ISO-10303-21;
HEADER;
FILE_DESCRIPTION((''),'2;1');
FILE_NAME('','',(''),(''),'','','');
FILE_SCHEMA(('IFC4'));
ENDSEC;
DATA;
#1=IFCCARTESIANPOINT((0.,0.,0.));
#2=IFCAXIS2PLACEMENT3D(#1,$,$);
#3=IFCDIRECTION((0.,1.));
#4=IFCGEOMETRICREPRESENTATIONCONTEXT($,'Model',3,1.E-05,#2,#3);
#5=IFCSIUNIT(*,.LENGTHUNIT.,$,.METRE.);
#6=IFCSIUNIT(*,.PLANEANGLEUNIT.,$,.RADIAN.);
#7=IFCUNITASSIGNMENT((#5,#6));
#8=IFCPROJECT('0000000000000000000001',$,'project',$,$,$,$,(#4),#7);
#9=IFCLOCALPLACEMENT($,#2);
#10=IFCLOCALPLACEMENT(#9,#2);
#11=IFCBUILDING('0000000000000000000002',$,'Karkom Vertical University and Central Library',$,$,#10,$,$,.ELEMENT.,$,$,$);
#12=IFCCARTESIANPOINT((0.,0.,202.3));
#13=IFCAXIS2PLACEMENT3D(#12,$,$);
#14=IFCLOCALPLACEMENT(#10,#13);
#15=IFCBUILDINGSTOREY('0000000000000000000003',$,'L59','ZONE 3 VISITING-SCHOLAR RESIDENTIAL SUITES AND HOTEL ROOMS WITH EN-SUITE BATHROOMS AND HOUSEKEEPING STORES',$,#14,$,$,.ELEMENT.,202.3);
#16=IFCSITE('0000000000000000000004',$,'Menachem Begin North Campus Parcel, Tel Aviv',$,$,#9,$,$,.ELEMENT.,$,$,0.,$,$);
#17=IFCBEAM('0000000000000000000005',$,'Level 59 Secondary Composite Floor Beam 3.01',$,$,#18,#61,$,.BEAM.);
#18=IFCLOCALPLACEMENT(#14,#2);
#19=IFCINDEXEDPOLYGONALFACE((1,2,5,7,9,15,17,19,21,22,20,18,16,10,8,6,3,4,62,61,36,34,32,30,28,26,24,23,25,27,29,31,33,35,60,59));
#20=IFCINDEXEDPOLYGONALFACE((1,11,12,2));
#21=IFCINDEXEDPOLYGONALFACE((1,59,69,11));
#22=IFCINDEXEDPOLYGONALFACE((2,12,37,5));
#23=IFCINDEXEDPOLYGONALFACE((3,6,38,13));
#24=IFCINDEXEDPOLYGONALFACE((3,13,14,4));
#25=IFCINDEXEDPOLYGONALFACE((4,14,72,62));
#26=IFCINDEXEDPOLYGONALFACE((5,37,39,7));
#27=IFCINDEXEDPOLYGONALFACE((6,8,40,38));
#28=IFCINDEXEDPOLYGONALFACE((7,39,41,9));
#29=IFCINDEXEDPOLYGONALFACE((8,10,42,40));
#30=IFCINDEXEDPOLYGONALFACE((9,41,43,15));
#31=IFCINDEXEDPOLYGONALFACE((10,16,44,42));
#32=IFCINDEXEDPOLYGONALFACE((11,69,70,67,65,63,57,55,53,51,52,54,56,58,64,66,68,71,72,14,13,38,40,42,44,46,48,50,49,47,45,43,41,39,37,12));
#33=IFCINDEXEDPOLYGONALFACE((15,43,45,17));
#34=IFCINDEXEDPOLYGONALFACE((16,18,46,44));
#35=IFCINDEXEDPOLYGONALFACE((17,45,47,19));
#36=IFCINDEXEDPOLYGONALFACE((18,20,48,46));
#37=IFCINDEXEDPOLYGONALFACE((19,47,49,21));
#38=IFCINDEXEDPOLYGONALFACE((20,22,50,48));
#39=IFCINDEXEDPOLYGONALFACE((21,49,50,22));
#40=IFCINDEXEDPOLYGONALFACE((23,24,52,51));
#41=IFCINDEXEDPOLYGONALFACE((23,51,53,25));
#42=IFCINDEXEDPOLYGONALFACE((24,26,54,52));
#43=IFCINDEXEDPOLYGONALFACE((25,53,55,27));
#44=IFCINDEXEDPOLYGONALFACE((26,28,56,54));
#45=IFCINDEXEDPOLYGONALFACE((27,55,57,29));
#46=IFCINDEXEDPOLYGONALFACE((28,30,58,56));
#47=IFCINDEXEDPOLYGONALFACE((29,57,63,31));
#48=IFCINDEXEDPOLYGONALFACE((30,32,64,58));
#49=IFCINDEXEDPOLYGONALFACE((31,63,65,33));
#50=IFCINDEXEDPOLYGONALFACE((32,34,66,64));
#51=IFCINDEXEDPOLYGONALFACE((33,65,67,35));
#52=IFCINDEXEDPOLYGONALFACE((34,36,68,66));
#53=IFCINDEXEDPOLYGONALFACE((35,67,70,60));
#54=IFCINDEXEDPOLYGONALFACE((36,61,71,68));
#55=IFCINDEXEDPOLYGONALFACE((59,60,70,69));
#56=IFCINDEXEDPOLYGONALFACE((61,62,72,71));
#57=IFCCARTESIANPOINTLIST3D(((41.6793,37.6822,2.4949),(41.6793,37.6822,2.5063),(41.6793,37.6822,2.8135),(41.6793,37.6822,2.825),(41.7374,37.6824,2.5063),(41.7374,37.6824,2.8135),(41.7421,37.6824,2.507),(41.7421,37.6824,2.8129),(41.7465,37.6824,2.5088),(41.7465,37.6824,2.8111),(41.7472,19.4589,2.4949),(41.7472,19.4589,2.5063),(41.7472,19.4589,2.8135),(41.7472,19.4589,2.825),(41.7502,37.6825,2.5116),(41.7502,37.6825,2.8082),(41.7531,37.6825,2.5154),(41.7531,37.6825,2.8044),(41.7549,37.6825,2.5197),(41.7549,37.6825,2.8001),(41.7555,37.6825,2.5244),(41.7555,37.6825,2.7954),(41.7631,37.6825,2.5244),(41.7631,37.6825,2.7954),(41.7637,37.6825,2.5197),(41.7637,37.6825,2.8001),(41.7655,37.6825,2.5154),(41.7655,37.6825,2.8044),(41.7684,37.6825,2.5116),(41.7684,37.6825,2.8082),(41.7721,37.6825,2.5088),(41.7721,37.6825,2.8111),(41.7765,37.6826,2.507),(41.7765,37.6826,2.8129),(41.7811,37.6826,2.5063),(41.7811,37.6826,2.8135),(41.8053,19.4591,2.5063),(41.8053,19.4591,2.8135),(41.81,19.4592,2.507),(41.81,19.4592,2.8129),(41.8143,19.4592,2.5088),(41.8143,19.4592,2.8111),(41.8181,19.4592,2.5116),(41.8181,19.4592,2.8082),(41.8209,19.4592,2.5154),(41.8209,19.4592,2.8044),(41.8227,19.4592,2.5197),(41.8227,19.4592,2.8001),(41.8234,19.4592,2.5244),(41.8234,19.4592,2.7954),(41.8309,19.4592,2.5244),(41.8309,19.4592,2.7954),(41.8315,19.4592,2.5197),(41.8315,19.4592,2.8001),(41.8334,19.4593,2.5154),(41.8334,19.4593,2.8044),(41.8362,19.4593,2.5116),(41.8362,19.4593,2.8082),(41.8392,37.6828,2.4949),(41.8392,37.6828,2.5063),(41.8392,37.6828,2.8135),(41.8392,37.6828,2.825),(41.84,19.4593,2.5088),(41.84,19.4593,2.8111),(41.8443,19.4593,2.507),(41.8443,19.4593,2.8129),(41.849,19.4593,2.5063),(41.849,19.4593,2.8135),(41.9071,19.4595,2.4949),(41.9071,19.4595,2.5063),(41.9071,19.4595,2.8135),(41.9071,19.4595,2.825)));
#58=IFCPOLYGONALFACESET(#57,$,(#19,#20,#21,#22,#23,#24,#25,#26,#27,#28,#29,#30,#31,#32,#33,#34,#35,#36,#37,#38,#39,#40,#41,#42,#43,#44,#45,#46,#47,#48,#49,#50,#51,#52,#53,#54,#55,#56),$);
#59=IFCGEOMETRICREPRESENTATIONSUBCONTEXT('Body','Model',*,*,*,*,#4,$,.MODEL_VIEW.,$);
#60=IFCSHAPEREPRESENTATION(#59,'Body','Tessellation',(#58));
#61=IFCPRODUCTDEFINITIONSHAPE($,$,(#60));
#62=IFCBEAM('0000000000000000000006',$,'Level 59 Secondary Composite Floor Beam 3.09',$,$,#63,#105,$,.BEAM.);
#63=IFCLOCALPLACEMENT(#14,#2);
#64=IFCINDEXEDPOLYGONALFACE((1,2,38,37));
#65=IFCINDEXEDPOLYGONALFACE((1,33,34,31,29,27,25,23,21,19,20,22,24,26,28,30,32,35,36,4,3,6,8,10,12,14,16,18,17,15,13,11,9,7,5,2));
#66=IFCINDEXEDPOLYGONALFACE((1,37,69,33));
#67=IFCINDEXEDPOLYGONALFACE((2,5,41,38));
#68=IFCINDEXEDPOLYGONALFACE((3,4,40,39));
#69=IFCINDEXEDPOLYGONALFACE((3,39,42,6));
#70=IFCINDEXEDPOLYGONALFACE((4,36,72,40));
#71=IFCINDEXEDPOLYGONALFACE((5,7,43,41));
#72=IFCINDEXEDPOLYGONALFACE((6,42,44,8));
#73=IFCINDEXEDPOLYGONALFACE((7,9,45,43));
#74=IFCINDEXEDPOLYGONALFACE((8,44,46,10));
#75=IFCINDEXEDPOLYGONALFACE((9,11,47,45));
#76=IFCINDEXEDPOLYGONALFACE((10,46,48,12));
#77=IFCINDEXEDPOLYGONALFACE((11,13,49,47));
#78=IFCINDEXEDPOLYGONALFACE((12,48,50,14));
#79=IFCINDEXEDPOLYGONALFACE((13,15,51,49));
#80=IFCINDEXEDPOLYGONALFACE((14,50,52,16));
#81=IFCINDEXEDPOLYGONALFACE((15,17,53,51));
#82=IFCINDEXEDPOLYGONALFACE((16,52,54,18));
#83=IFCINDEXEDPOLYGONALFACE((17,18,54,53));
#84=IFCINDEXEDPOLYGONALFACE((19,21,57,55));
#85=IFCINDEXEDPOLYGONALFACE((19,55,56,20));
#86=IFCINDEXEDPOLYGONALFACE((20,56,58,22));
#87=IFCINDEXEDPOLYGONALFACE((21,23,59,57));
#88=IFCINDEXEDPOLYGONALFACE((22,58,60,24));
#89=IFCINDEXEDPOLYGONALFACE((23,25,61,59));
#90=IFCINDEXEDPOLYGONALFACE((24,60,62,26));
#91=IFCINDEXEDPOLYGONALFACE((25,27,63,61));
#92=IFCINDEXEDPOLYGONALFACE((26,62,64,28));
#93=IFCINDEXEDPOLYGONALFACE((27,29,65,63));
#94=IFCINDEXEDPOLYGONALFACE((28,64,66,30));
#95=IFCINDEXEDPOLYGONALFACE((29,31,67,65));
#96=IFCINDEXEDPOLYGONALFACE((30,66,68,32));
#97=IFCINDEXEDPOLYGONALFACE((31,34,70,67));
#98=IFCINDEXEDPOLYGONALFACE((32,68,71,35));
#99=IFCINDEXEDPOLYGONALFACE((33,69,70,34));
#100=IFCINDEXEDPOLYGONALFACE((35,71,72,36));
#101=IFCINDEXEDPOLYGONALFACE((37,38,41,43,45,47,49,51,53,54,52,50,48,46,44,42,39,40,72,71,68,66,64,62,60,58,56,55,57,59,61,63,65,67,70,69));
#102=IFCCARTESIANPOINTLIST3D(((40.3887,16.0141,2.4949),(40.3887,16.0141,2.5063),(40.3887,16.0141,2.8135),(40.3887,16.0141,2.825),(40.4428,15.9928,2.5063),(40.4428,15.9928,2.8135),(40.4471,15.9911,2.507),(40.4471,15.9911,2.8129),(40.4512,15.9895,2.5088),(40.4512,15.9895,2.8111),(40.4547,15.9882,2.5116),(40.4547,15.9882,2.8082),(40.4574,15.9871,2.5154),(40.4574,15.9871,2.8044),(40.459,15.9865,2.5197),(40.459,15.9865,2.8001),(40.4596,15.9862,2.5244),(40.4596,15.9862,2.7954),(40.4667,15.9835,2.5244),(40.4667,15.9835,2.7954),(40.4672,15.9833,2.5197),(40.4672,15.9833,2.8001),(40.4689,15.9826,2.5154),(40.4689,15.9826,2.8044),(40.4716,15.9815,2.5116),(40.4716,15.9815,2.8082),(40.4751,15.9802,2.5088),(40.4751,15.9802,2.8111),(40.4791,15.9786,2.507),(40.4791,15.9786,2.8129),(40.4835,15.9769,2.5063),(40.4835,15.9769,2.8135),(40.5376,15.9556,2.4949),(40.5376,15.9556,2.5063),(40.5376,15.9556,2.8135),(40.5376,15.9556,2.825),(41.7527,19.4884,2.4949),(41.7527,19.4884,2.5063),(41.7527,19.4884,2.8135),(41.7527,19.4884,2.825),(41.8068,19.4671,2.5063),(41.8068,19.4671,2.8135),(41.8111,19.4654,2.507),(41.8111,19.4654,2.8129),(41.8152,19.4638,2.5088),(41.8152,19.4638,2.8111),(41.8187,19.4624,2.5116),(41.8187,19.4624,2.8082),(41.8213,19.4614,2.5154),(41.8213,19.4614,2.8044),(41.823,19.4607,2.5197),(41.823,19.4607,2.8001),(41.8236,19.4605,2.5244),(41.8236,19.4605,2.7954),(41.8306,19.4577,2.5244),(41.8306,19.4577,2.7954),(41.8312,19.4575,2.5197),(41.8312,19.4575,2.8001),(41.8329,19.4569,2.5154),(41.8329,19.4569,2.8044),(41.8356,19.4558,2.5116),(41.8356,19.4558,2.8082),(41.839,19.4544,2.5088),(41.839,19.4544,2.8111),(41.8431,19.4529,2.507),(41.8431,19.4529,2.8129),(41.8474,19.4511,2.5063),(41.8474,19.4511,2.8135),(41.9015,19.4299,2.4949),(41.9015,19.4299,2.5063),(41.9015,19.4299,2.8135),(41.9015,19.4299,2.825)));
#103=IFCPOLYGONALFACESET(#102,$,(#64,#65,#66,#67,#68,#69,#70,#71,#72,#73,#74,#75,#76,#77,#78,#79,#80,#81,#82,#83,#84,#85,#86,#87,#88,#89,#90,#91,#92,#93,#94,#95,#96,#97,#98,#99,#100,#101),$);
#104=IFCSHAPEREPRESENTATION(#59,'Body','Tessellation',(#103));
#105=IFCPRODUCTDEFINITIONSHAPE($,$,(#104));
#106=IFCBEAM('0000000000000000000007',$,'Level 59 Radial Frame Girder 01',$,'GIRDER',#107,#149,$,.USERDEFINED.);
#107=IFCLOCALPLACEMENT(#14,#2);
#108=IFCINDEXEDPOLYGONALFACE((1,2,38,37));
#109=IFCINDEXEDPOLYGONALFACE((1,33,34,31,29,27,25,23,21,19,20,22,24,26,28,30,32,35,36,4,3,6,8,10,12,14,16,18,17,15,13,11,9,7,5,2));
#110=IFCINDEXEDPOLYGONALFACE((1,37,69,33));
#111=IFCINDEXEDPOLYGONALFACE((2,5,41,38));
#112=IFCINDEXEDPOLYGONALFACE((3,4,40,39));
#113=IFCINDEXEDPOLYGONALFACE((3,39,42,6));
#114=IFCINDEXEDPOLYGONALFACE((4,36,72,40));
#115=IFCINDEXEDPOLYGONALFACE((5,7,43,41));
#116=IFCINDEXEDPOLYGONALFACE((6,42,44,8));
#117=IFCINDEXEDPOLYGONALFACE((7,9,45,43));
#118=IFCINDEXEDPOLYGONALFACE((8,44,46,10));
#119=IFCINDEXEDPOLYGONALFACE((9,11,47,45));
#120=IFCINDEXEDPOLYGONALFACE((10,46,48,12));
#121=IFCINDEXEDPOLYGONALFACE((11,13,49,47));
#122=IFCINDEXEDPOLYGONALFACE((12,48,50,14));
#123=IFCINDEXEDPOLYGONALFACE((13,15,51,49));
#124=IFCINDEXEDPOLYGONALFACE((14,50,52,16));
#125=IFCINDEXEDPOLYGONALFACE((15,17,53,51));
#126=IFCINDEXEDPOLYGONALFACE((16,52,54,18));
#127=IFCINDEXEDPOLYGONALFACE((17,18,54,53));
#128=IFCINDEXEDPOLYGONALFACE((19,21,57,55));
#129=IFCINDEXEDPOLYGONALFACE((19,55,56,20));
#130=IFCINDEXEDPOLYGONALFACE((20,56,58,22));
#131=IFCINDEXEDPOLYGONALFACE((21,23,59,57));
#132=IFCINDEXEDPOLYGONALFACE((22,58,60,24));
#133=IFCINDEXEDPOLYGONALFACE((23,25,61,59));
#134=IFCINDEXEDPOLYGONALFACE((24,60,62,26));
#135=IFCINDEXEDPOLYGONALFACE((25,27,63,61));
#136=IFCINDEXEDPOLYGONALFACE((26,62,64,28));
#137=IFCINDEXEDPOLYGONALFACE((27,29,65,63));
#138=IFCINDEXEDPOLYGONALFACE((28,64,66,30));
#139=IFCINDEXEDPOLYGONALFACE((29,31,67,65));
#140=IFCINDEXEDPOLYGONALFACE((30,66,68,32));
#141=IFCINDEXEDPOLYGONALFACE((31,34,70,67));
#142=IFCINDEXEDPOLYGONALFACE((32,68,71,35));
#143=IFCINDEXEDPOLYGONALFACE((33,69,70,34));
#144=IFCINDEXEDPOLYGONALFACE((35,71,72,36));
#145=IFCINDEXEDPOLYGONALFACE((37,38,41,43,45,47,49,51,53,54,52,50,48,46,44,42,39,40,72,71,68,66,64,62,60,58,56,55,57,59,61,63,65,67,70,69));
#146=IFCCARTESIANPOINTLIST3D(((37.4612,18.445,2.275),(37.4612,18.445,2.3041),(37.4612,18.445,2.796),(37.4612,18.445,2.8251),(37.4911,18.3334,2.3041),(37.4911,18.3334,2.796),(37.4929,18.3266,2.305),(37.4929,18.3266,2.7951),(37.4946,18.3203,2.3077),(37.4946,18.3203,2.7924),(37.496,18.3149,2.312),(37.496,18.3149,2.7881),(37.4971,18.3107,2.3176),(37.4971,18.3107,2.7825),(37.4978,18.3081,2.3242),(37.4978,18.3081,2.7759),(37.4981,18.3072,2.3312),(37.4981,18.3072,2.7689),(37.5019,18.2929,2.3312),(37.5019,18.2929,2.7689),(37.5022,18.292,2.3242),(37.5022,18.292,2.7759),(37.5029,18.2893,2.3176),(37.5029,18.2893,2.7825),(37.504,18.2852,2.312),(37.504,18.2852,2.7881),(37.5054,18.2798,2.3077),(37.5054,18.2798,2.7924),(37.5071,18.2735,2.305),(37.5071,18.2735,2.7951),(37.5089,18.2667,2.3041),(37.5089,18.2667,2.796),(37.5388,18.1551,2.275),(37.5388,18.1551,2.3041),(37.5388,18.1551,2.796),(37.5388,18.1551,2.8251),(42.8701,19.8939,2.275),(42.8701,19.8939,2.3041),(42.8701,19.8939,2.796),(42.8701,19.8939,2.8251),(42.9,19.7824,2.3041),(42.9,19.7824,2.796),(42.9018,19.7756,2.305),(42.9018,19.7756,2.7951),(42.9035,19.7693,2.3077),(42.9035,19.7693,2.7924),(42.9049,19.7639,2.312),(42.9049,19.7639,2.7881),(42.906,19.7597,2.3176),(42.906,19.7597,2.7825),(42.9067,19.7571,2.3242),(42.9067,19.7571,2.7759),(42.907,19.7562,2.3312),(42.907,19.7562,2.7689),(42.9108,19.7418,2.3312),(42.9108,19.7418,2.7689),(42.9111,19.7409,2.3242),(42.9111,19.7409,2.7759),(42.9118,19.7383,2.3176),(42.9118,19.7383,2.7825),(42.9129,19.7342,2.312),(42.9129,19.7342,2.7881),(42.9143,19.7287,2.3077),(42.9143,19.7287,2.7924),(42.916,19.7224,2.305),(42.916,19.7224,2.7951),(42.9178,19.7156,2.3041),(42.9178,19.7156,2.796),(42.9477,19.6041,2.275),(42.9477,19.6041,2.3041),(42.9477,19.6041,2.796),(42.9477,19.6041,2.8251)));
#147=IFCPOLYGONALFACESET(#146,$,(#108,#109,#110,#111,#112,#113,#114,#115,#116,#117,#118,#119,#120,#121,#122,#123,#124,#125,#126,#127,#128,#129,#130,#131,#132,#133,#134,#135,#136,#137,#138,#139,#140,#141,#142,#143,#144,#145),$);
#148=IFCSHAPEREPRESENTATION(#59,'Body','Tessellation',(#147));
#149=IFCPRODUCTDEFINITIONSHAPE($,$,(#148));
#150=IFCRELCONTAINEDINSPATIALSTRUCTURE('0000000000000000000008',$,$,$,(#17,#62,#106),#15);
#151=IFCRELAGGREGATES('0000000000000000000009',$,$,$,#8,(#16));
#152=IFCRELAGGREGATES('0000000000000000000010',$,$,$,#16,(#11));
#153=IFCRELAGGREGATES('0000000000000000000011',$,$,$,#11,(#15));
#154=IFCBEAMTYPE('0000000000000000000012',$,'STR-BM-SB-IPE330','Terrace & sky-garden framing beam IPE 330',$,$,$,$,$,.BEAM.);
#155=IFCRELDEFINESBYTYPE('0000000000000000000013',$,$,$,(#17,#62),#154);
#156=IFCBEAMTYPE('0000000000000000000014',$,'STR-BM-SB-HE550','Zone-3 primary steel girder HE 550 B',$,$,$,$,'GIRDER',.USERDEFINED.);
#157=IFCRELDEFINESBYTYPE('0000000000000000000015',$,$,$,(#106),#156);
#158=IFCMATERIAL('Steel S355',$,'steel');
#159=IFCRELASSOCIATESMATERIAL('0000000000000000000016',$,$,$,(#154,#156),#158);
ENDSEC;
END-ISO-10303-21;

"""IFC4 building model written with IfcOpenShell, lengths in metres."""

from ifc_helpers import new_model, si_unit, direction, frame, origin, origin_with_axes, origin_2d, place, context, subcontext, project, spatial, i_section, extrude, source, transform, mapped, material, material_profile, profile_set, type_object, element, save


model = new_model("IFC4")

# Units and contexts
model_context = context("Model", 3, precision=1e-05, world=origin(), true_north=direction((0.0, 1.0)))
body_context = subcontext(model_context, "Body", "Model", "MODEL_VIEW")
ifc_project = project(units=[si_unit("LENGTHUNIT", "METRE"), si_unit("PLANEANGLEUNIT", "RADIAN")], contexts=[model_context])

# Site, building, storey
site_placement = place(None, origin())
site = spatial("IfcSite", under=ifc_project, at=site_placement, Name="Menachem Begin North Campus Parcel, Tel Aviv", CompositionType="ELEMENT", RefElevation=0.0)
building_placement = place(site_placement, origin())
building = spatial("IfcBuilding", under=site, at=building_placement, Name="Karkom Vertical University and Central Library", CompositionType="ELEMENT")
storey_placement = place(building_placement, frame((0.0, 0.0, 202.3)))
storey = spatial("IfcBuildingStorey", under=building, at=storey_placement, Name="L59", Description="ZONE 3 VISITING-SCHOLAR RESIDENTIAL SUITES AND HOTEL ROOMS WITH EN-SUITE BATHROOMS AND HOUSEKEEPING STORES", CompositionType="ELEMENT", Elevation=202.3)

# Beams
ifc_material_1 = material(Name="Steel S355", Category="steel")
ifc_material_profile_1 = material_profile(ifc_material_1, i_section(OverallWidth=0.1599, OverallDepth=0.3301, WebThickness=0.0076, FlangeThickness=0.0115, FilletRadius=0.0181, at=origin_2d()), Name="IPE 330")
ifc_profile_set_1 = profile_set([ifc_material_profile_1], Name="Steel S355")
beam_type_1 = type_object("IfcBeamType", Name="STR-BM-SB-IPE330", Description="Terrace & sky-garden framing beam IPE 330", PredefinedType="BEAM", material=ifc_profile_set_1)
shared_shape_1 = source(origin_with_axes(), body_context, "Body", "SweptSolid", [
    extrude(i_section(OverallWidth=0.1599, OverallDepth=0.3301, WebThickness=0.0076, FlangeThickness=0.0115, FilletRadius=0.0181, at=origin_2d()), origin(), (0.0, 0.0, 1.0), 18.2234),
])
beam_1_placement = place(storey_placement, frame((41.8271, 19.4592, 2.6599), z_axis=(-0.003724, 0.999993, 0.0), x_axis=(-0.999993, -0.003724, 0.0)))
element("IfcBeam", 1, at=beam_1_placement, inside=storey, type_object=beam_type_1, Name="Level 59 Secondary Composite Floor Beam 3.01", PredefinedType="BEAM", context=body_context, shape_type="MappedRepresentation", body=[
    mapped(shared_shape_1, transform((0.0, 0.0, 0.0), scale=1.0)),
])
shared_shape_2 = source(origin_with_axes(), body_context, "Body", "SweptSolid", [
    extrude(i_section(OverallWidth=0.1599, OverallDepth=0.3301, WebThickness=0.0076, FlangeThickness=0.0115, FilletRadius=0.0181, at=origin_2d()), origin(), (0.0, 0.0, 1.0), 3.7324),
])
beam_2_placement = place(storey_placement, frame((40.4631, 15.9849, 2.6599), z_axis=(0.36544, 0.930835, 0.0), x_axis=(-0.930835, 0.36544, 0.0)))
element("IfcBeam", 2, at=beam_2_placement, inside=storey, type_object=beam_type_1, Name="Level 59 Secondary Composite Floor Beam 3.09", PredefinedType="BEAM", context=body_context, shape_type="MappedRepresentation", body=[
    mapped(shared_shape_2, transform((0.0, 0.0, 0.0), scale=1.0)),
])
ifc_material_profile_2 = material_profile(ifc_material_1, i_section(OverallWidth=0.3, OverallDepth=0.55, WebThickness=0.0149, FlangeThickness=0.0291, FilletRadius=0.0271, at=origin_2d()), Name="HE 550 B")
ifc_profile_set_2 = profile_set([ifc_material_profile_2], Name="Steel S355")
beam_type_2 = type_object("IfcBeamType", Name="STR-BM-SB-HE550", Description="Zone-3 primary steel girder HE 550 B", ElementType="GIRDER", PredefinedType="USERDEFINED", material=ifc_profile_set_2)
shared_shape_3 = source(origin_with_axes(), body_context, "Body", "SweptSolid", [
    extrude(i_section(OverallWidth=0.3, OverallDepth=0.55, WebThickness=0.0149, FlangeThickness=0.0291, FilletRadius=0.0271, at=origin_2d()), origin(), (0.0, 0.0, 1.0), 5.5996),
])
beam_3_placement = place(storey_placement, frame((37.5, 18.3, 2.55), z_axis=(0.965941, 0.258762, 0.0), x_axis=(-0.258762, 0.965941, 0.0)))
element("IfcBeam", 3, at=beam_3_placement, inside=storey, type_object=beam_type_2, Name="Level 59 Radial Frame Girder 01", ObjectType="GIRDER", PredefinedType="USERDEFINED", context=body_context, shape_type="MappedRepresentation", body=[
    mapped(shared_shape_3, transform((0.0, 0.0, 0.0), scale=1.0)),
])

save(model, "model.ifc")
